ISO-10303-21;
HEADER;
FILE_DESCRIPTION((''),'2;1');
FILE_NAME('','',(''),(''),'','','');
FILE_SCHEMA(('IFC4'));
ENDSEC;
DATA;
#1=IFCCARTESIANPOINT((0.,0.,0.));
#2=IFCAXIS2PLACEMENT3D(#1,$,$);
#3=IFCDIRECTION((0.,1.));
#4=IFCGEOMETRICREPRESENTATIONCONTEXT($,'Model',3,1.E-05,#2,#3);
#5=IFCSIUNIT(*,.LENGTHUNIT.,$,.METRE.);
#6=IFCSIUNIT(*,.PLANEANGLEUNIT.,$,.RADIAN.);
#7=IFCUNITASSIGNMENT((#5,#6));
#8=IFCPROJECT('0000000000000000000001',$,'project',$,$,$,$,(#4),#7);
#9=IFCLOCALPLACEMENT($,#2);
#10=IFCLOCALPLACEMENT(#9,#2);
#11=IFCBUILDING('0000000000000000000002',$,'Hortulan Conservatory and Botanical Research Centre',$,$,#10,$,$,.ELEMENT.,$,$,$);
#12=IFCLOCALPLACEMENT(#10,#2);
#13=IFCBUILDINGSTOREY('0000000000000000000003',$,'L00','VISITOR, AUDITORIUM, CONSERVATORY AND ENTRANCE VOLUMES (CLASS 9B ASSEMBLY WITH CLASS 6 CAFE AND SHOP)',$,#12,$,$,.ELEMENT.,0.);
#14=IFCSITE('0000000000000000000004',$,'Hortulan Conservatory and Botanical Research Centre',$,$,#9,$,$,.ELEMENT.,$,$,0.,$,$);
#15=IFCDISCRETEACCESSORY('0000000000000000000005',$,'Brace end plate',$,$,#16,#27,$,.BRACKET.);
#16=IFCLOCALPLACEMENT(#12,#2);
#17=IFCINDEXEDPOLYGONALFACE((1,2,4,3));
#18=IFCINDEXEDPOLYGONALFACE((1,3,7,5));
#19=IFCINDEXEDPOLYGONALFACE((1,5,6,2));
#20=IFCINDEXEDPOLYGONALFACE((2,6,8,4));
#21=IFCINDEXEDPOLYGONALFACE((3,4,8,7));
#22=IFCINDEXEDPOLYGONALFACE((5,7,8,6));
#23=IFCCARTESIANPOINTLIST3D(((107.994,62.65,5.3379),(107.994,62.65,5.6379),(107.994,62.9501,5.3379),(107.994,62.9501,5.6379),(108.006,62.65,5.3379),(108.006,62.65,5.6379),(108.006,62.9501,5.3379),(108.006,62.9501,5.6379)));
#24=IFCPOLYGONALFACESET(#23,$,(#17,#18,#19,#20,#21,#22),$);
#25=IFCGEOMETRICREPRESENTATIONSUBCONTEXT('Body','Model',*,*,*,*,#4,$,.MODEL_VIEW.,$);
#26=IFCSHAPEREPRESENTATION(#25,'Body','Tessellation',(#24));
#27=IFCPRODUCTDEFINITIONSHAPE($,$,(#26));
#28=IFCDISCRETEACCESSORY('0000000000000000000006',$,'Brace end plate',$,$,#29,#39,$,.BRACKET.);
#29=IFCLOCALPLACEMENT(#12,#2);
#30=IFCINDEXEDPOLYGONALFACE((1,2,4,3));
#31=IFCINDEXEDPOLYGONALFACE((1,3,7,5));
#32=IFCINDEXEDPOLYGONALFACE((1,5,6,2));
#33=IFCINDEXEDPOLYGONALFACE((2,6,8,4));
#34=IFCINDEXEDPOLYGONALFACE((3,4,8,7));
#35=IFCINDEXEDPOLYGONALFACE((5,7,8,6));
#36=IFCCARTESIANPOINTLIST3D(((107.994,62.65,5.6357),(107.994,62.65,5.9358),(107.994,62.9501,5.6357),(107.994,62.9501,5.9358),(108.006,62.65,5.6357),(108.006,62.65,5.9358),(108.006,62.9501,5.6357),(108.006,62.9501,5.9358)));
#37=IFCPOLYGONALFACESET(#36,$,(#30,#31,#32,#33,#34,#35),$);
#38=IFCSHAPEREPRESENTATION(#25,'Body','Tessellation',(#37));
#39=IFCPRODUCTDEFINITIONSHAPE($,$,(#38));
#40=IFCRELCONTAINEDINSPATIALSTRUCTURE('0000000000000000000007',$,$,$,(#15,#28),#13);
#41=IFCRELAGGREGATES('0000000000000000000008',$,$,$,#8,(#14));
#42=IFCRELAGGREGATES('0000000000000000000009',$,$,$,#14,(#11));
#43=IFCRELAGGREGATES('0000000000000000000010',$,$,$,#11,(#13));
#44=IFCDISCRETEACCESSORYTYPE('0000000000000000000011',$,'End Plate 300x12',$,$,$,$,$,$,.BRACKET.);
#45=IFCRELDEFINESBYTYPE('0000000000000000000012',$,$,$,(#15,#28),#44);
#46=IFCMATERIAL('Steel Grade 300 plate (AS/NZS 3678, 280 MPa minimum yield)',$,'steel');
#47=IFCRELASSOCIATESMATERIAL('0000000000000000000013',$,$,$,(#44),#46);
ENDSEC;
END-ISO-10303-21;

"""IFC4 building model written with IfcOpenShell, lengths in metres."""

from ifc_helpers import new_model, si_unit, direction, frame, origin, origin_2d, place, context, subcontext, project, spatial, rectangle, extrude, material, type_object, element, save


model = new_model("IFC4")

# Units and contexts
model_context = context("Model", 3, precision=1e-05, world=origin(), true_north=direction((0.0, 1.0)))
body_context = subcontext(model_context, "Body", "Model", "MODEL_VIEW")
ifc_project = project(units=[si_unit("LENGTHUNIT", "METRE"), si_unit("PLANEANGLEUNIT", "RADIAN")], contexts=[model_context])

# Site, building, storey
site_placement = place(None, origin())
site = spatial("IfcSite", under=ifc_project, at=site_placement, Name="Hortulan Conservatory and Botanical Research Centre", CompositionType="ELEMENT", RefElevation=0.0)
building_placement = place(site_placement, origin())
building = spatial("IfcBuilding", under=site, at=building_placement, Name="Hortulan Conservatory and Botanical Research Centre", CompositionType="ELEMENT")
storey_placement = place(building_placement, origin())
storey = spatial("IfcBuildingStorey", under=building, at=storey_placement, Name="L00", Description="VISITOR, AUDITORIUM, CONSERVATORY AND ENTRANCE VOLUMES (CLASS 9B ASSEMBLY WITH CLASS 6 CAFE AND SHOP)", CompositionType="ELEMENT", Elevation=0.0)

# Discrete accessories
ifc_material_1 = material(Name="Steel Grade 300 plate (AS/NZS 3678, 280 MPa minimum yield)", Category="steel")
discrete_accessory_type = type_object("IfcDiscreteAccessoryType", Name="End Plate 300x12", PredefinedType="BRACKET", material=ifc_material_1)
for number, where, z_axis, x_axis, name in (
    (1, (108.0, 62.8, 5.3379), (0.0, 0.0, 1.0), (0.0, -1.0, 0.0), "Brace end plate"),
    (2, (108.0, 62.8, 5.6357), (0.0, 0.0, 1.0), (0.0, -1.0, 0.0), "Brace end plate"),
):
    element("IfcDiscreteAccessory", number, at=place(storey_placement, frame(where, z_axis=z_axis, x_axis=x_axis)), inside=storey, type_object=discrete_accessory_type, Name=name, PredefinedType="BRACKET", context=body_context, shape_type="SweptSolid", body=[
        extrude(rectangle(XDim=0.3, YDim=0.012, at=origin_2d()), origin(), (0.0, 0.0, 1.0), 0.3),
    ])

save(model, "model.ifc")
